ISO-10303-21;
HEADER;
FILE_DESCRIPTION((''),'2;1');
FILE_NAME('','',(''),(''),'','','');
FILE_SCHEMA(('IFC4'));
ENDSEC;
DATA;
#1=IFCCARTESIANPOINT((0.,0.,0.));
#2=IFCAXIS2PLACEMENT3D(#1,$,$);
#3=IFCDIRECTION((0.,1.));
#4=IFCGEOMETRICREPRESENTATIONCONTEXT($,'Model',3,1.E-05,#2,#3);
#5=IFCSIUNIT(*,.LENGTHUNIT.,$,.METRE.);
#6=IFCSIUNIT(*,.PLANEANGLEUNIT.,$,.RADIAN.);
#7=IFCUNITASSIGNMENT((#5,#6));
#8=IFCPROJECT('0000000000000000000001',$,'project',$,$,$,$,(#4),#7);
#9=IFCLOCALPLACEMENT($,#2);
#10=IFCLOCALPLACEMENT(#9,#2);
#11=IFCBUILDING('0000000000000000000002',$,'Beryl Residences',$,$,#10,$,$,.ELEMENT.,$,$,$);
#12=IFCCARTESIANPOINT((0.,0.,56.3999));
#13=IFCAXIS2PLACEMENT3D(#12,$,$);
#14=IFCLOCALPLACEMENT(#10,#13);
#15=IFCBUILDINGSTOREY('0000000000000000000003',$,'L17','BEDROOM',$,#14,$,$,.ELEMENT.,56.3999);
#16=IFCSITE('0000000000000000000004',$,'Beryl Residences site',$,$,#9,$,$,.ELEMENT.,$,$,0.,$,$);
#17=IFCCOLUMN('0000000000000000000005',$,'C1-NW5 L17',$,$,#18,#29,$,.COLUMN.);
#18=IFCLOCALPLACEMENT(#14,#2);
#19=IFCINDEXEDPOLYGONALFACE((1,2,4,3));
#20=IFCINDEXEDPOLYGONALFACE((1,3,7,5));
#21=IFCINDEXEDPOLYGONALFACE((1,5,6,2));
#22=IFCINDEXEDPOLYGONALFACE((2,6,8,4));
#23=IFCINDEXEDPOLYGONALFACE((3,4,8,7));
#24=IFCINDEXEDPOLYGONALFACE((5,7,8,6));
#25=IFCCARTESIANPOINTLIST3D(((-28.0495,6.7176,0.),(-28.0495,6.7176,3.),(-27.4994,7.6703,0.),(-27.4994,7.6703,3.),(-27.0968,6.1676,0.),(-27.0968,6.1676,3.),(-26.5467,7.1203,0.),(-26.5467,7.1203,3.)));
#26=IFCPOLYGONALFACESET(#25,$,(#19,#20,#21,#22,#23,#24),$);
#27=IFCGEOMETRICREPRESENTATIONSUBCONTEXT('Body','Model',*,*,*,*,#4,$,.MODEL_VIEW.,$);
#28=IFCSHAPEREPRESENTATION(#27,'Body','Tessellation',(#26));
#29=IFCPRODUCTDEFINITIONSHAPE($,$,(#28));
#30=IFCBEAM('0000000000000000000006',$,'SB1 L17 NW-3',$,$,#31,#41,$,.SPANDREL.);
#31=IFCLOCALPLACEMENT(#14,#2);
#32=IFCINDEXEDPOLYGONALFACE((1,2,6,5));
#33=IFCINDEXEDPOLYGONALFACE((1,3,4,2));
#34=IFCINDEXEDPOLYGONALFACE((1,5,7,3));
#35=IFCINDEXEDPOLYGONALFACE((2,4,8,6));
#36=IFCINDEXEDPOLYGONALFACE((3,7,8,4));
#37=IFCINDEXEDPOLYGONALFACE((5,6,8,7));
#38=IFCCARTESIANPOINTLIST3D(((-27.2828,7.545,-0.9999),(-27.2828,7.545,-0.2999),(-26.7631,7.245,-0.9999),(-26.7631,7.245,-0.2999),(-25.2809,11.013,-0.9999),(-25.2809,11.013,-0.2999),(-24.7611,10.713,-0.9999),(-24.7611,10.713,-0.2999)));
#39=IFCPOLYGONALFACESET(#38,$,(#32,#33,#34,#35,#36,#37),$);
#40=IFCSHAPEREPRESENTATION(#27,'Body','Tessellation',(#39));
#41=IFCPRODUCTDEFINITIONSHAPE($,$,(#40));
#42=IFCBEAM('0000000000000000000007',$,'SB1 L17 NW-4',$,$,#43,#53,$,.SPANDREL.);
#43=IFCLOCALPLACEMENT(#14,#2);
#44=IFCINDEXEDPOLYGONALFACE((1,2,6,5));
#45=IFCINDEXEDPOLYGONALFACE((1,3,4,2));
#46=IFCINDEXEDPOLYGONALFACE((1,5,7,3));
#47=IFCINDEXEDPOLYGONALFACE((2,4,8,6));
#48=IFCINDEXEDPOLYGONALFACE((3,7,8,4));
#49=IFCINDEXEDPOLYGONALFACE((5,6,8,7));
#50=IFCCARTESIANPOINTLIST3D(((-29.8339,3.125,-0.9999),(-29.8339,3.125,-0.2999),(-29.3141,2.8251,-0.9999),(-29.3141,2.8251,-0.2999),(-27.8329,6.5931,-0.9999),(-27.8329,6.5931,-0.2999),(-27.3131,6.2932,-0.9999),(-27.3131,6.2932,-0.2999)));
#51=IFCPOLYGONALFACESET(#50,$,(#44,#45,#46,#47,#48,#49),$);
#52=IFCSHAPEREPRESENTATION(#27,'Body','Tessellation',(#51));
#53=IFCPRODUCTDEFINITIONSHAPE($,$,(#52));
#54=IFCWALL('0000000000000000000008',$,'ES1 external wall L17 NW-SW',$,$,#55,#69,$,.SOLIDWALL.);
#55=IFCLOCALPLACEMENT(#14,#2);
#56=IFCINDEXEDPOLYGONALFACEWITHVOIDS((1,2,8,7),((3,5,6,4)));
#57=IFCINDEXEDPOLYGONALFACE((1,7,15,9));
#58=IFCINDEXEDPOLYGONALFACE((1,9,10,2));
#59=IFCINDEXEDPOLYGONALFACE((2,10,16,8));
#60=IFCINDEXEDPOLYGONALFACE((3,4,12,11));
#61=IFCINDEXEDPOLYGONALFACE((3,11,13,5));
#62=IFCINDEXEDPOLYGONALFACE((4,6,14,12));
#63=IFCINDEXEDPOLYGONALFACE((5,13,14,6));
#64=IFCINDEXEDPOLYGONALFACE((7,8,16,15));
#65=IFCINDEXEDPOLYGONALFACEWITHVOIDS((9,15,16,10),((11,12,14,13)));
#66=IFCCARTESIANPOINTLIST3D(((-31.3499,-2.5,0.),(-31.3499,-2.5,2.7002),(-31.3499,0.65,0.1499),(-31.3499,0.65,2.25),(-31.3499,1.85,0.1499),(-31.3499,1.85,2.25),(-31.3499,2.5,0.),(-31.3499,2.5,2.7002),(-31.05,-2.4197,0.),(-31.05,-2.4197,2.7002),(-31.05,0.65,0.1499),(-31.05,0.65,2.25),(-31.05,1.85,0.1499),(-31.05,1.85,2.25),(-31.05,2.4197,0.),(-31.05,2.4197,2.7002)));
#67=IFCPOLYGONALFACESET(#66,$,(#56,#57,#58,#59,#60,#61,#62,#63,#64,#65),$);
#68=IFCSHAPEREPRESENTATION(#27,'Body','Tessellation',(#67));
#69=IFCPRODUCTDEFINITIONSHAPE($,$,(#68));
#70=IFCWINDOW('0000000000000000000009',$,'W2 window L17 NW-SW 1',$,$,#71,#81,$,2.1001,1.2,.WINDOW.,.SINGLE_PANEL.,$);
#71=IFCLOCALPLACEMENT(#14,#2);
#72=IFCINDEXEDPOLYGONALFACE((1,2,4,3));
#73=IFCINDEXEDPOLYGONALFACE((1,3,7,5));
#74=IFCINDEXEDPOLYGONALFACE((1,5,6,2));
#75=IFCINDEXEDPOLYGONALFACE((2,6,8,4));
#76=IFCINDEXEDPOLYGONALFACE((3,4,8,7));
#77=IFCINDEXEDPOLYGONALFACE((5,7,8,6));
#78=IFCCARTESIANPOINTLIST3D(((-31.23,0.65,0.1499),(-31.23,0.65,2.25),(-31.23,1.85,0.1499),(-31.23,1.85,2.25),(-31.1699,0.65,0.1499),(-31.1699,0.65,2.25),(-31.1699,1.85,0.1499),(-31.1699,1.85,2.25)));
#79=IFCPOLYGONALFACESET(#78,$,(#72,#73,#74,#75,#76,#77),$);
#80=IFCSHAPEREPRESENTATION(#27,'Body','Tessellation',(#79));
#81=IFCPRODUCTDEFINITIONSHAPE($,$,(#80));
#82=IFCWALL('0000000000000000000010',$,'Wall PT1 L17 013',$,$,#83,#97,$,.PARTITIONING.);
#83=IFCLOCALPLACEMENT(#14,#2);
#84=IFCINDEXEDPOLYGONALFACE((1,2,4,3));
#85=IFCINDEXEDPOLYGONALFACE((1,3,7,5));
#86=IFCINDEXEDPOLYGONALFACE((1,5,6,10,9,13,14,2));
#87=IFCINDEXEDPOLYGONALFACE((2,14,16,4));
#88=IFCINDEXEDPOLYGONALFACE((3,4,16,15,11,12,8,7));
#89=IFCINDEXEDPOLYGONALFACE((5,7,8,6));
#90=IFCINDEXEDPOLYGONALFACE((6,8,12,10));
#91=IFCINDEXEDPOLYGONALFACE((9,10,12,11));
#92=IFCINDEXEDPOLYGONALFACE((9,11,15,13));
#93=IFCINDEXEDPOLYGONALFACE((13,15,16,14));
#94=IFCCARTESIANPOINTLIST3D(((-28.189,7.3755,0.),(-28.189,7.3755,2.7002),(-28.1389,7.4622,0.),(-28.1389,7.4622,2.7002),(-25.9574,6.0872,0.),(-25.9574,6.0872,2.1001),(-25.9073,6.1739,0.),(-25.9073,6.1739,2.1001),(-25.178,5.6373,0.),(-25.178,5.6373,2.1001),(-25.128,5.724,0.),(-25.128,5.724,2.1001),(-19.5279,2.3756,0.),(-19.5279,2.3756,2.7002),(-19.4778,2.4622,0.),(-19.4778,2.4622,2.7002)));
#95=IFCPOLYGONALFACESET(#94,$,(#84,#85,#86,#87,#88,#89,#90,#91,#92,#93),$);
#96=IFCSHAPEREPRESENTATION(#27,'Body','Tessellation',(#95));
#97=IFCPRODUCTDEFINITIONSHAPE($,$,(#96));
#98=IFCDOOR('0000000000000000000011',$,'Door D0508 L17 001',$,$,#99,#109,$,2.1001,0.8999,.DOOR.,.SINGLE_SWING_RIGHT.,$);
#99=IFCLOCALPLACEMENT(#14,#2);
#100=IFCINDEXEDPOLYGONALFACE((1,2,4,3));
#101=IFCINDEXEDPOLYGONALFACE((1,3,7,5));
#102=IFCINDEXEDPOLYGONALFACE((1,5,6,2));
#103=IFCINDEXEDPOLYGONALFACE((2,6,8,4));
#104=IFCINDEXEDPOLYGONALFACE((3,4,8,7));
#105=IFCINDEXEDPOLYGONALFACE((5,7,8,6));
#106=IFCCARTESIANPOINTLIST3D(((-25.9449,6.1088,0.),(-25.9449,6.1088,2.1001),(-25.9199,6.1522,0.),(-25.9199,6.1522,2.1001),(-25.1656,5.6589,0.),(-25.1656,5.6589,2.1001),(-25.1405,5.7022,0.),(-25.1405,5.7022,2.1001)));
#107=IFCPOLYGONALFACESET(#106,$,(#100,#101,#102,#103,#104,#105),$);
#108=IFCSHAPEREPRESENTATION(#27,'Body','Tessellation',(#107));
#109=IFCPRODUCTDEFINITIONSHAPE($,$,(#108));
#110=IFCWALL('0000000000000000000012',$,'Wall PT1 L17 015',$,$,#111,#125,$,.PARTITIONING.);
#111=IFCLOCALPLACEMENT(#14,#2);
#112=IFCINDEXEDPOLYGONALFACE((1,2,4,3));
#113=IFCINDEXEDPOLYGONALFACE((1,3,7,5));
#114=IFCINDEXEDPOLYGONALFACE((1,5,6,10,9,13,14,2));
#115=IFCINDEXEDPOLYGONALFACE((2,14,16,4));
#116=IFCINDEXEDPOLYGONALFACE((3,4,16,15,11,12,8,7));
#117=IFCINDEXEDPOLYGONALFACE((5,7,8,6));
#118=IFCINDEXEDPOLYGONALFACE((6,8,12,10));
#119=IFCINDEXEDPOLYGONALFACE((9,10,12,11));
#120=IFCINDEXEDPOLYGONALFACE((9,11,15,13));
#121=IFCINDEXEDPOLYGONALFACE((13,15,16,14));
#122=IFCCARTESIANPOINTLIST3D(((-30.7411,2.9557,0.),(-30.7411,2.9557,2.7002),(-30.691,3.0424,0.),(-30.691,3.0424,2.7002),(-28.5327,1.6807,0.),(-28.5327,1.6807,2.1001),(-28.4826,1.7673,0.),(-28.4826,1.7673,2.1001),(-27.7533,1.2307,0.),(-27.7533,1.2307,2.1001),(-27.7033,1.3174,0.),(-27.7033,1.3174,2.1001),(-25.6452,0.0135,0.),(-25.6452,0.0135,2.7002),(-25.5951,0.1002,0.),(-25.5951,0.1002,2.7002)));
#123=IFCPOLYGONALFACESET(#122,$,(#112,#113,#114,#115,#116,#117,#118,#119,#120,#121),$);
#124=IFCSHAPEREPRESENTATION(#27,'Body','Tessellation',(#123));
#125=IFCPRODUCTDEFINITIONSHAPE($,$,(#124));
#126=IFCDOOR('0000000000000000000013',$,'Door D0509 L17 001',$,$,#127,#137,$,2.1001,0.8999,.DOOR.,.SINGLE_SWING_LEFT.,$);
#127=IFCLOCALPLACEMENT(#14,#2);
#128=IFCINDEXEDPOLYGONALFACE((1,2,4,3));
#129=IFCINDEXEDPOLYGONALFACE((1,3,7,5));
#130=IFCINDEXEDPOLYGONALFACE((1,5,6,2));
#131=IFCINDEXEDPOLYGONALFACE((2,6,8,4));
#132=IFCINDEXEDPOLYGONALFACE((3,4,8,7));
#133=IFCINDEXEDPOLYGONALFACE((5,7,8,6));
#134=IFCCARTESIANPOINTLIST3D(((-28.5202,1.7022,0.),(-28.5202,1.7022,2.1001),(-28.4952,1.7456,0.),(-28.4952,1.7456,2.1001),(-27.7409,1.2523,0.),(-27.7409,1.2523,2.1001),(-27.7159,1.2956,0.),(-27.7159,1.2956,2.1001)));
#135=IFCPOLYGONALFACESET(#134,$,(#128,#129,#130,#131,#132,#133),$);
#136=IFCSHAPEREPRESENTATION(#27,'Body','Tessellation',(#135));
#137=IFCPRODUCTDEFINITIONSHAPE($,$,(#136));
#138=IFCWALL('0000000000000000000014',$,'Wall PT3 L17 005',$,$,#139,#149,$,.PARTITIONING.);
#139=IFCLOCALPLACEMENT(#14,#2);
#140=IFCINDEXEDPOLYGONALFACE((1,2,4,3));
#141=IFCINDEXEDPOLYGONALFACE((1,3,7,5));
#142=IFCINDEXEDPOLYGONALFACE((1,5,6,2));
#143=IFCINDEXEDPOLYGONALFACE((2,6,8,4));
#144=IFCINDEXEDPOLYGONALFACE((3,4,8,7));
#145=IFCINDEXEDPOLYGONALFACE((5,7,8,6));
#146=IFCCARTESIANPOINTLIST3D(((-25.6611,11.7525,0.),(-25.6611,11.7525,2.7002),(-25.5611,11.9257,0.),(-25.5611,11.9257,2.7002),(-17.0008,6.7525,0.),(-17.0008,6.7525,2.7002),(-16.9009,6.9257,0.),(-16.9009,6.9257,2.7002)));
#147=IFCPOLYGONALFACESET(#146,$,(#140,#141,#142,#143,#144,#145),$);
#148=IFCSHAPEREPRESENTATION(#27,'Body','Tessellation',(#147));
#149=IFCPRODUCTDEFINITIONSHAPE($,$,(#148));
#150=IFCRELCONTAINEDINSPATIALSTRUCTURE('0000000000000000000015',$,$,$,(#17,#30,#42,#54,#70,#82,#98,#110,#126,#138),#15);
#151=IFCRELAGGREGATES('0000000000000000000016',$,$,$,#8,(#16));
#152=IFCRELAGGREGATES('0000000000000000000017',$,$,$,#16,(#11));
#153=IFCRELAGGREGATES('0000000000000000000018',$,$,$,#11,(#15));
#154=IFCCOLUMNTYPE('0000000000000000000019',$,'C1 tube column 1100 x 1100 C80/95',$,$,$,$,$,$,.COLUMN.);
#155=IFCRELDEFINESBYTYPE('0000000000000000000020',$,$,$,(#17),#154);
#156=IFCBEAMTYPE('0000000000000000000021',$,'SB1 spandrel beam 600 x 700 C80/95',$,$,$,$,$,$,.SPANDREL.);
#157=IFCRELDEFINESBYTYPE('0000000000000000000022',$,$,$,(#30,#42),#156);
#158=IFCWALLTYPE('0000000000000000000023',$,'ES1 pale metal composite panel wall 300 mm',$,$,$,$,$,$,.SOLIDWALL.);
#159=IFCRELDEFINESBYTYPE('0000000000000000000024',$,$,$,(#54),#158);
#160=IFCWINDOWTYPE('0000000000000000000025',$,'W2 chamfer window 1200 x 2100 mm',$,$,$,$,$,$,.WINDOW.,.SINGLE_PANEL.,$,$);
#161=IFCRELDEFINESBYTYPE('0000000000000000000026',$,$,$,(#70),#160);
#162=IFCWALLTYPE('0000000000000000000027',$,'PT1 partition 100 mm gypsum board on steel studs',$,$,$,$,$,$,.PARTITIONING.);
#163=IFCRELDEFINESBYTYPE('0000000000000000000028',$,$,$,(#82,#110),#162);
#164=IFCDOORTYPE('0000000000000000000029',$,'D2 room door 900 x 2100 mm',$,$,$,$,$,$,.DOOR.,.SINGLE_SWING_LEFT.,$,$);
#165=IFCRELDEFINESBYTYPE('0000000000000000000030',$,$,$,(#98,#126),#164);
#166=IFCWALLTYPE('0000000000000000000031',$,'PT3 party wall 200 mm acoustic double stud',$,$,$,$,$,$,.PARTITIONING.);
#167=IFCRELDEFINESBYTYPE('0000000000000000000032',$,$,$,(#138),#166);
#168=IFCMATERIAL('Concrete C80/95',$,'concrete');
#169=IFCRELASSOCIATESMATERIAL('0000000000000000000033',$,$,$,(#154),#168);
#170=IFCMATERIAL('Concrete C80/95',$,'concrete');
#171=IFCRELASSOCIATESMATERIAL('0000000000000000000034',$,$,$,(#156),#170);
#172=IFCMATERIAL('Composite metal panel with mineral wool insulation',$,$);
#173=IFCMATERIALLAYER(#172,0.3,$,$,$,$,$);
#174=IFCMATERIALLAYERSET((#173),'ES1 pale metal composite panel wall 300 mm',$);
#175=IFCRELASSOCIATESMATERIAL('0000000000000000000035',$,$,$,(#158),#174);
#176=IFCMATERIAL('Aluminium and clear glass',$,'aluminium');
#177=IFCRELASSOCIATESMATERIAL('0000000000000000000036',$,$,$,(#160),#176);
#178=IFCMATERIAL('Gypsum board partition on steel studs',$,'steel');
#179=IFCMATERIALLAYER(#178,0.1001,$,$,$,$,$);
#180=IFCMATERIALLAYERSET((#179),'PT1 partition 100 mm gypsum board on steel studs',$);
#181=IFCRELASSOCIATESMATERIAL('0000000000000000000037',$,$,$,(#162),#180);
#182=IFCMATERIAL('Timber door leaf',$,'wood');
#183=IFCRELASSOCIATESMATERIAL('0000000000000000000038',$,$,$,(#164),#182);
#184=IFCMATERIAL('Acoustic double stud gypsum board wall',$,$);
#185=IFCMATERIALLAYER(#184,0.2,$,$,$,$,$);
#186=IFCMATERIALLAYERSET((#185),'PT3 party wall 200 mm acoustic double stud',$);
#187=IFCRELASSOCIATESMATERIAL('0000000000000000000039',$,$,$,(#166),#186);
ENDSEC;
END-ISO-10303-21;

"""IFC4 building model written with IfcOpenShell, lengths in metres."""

from ifc_helpers import new_model, si_unit, direction, frame, frame_2d, origin, origin_2d, place, context, subcontext, project, spatial, polyline, rectangle, outline, extrude, material, layer, layer_set, material_profile, profile_set, type_object, element, fill, save


model = new_model("IFC4")

# Units and contexts
model_context = context("Model", 3, precision=1e-05, world=origin(), true_north=direction((0.0, 1.0)))
body_context = subcontext(model_context, "Body", "Model", "MODEL_VIEW")
ifc_project = project(units=[si_unit("LENGTHUNIT", "METRE"), si_unit("PLANEANGLEUNIT", "RADIAN")], contexts=[model_context])

# Site, building, storey
site_placement = place(None, origin())
site = spatial("IfcSite", under=ifc_project, at=site_placement, Name="Beryl Residences site", CompositionType="ELEMENT", RefElevation=0.0)
building_placement = place(site_placement, origin())
building = spatial("IfcBuilding", under=site, at=building_placement, Name="Beryl Residences", CompositionType="ELEMENT")
storey_placement = place(building_placement, frame((0.0, 0.0, 56.3999)))
storey = spatial("IfcBuildingStorey", under=building, at=storey_placement, Name="L17", Description="BEDROOM", CompositionType="ELEMENT", Elevation=56.3999)

# Column
ifc_material_1 = material(Name="Concrete C80/95", Category="concrete")
ifc_material_profile_1 = material_profile(ifc_material_1, rectangle(XDim=1.1001, YDim=1.1001, at=origin_2d()))
ifc_profile_set_1 = profile_set([ifc_material_profile_1], Name="Concrete C80/95")
column_type = type_object("IfcColumnType", Name="C1 tube column 1100 x 1100 C80/95", PredefinedType="COLUMN", material=ifc_profile_set_1)
column_placement = place(storey_placement, frame((-27.2981, 6.9189, 0.0), z_axis=(0.0, 0.0, 1.0), x_axis=(-0.499985, -0.866034, 0.0)))
element("IfcColumn", 1, at=column_placement, inside=storey, type_object=column_type, Name="C1-NW5 L17", PredefinedType="COLUMN", context=body_context, shape_type="SweptSolid", body=[
    extrude(rectangle(XDim=1.1001, YDim=1.1001, at=origin_2d()), origin(), (0.0, 0.0, 1.0), 3.0),
])

# Beams
ifc_material_2 = material(Name="Concrete C80/95", Category="concrete")
ifc_material_profile_2 = material_profile(ifc_material_2, rectangle(XDim=0.6001, YDim=0.7, at=origin_2d()))
ifc_profile_set_2 = profile_set([ifc_material_profile_2], Name="Concrete C80/95")
beam_type = type_object("IfcBeamType", Name="SB1 spandrel beam 600 x 700 C80/95", PredefinedType="SPANDREL", material=ifc_profile_set_2)
beam_1_placement = place(storey_placement, frame((-25.021, 10.863, -0.6499), z_axis=(-0.499942, -0.866059, 0.0), x_axis=(0.866059, -0.499942, 0.0)))
element("IfcBeam", 2, at=beam_1_placement, inside=storey, type_object=beam_type, Name="SB1 L17 NW-3", PredefinedType="SPANDREL", context=body_context, shape_type="SweptSolid", body=[
    extrude(rectangle(XDim=0.6001, YDim=0.7, at=origin_2d()), origin(), (0.0, 0.0, 1.0), 4.0044),
])
beam_2_placement = place(storey_placement, frame((-27.573, 6.4431, -0.6499), z_axis=(-0.499759, -0.866164, 0.0), x_axis=(0.866164, -0.499759, 0.0)))
element("IfcBeam", 3, at=beam_2_placement, inside=storey, type_object=beam_type, Name="SB1 L17 NW-4", PredefinedType="SPANDREL", context=body_context, shape_type="SweptSolid", body=[
    extrude(rectangle(XDim=0.6001, YDim=0.7, at=origin_2d()), origin(), (0.0, 0.0, 1.0), 4.0039),
])

# Wall, opening, window
ifc_material_3 = material(Name="Composite metal panel with mineral wool insulation")
ifc_layer_1 = layer(ifc_material_3, 0.3)
ifc_layer_set_1 = layer_set([ifc_layer_1], Name="ES1 pale metal composite panel wall 300 mm")
wall_type_1 = type_object("IfcWallType", Name="ES1 pale metal composite panel wall 300 mm", PredefinedType="SOLIDWALL", material=ifc_layer_set_1)
wall_1_placement = place(storey_placement, frame((-31.2, 2.5, 0.0), z_axis=(0.0, 0.0, 1.0), x_axis=(0.0, -1.0, 0.0)))
wall_1 = element("IfcWall", 4, at=wall_1_placement, inside=storey, type_object=wall_type_1, Name="ES1 external wall L17 NW-SW", PredefinedType="SOLIDWALL", context=body_context, shape_type="SweptSolid", body=[
    extrude(outline(polyline([(0.0, -0.1499), (5.0, -0.1499), (4.9197, 0.1499), (0.0803, 0.1499), (0.0, -0.1499)])), origin(), (0.0, 0.0, 1.0), 2.7002),
])
opening_1_placement = place(wall_1_placement, frame((0.6499, 0.0, 0.1499)))
opening_1 = element("IfcOpeningElement", 5, at=opening_1_placement, cuts=wall_1, PredefinedType="OPENING", context=body_context, shape_type="SweptSolid", body=[
    extrude(rectangle(XDim=1.2, YDim=2.1001, at=frame_2d((0.6001, 1.05))), frame((0.0, 0.1599, 0.0), z_axis=(0.0, -1.0, 0.0), x_axis=(1.0, 0.0, 0.0)), (0.0, 0.0, 1.0), 0.3201),
])
ifc_material_4 = material(Name="Aluminium and clear glass", Category="aluminium")
window_type = type_object("IfcWindowType", Name="W2 chamfer window 1200 x 2100 mm", PartitioningType="SINGLE_PANEL", PredefinedType="WINDOW", material=ifc_material_4)
window_placement = place(opening_1_placement, origin())
window = element("IfcWindow", 6, at=window_placement, inside=storey, type_object=window_type, Name="W2 window L17 NW-SW 1", OverallHeight=2.1001, OverallWidth=1.2, PartitioningType="SINGLE_PANEL", PredefinedType="WINDOW", context=body_context, shape_type="SweptSolid", body=[
    extrude(rectangle(XDim=1.2, YDim=2.1001, at=frame_2d((0.6001, 1.05))), frame((0.0, 0.03, 0.0), z_axis=(0.0, -1.0, 0.0), x_axis=(1.0, 0.0, 0.0)), (0.0, 0.0, 1.0), 0.0601),
])
fill(opening_1, window)

# Walls, openings, doors
ifc_material_5 = material(Name="Gypsum board partition on steel studs", Category="steel")
ifc_layer_2 = layer(ifc_material_5, 0.1001)
ifc_layer_set_2 = layer_set([ifc_layer_2], Name="PT1 partition 100 mm gypsum board on steel studs")
wall_type_2 = type_object("IfcWallType", Name="PT1 partition 100 mm gypsum board on steel studs", PredefinedType="PARTITIONING", material=ifc_layer_set_2)
wall_2_placement = place(storey_placement, frame((-28.1641, 7.4189, 0.0), z_axis=(0.0, 0.0, 1.0), x_axis=(0.866047, -0.499962, 0.0)))
wall_2 = element("IfcWall", 7, at=wall_2_placement, inside=storey, type_object=wall_type_2, Name="Wall PT1 L17 013", PredefinedType="PARTITIONING", context=body_context, shape_type="SweptSolid", body=[
    extrude(rectangle(XDim=10.0007, YDim=0.1001, at=frame_2d((5.0005, 0.0))), origin(), (0.0, 0.0, 1.0), 2.7002),
])
opening_2_placement = place(wall_2_placement, frame((2.5769, 0.0, 0.0)))
opening_2 = element("IfcOpeningElement", 8, at=opening_2_placement, cuts=wall_2, PredefinedType="OPENING", context=body_context, shape_type="SweptSolid", body=[
    extrude(rectangle(XDim=0.8999, YDim=2.1001, at=frame_2d((0.45, 1.05))), frame((0.0, 0.0601, 0.0), z_axis=(0.0, -1.0, 0.0), x_axis=(1.0, 0.0, 0.0)), (0.0, 0.0, 1.0), 0.1201),
])
ifc_material_6 = material(Name="Timber door leaf", Category="wood")
door_type = type_object("IfcDoorType", Name="D2 room door 900 x 2100 mm", OperationType="SINGLE_SWING_LEFT", PredefinedType="DOOR", material=ifc_material_6)
door_1_placement = place(opening_2_placement, origin())
door_1 = element("IfcDoor", 9, at=door_1_placement, inside=storey, type_object=door_type, Name="Door D0508 L17 001", OperationType="SINGLE_SWING_RIGHT", OverallHeight=2.1001, OverallWidth=0.8999, PredefinedType="DOOR", context=body_context, shape_type="SweptSolid", body=[
    extrude(rectangle(XDim=0.8999, YDim=2.1001, at=frame_2d((0.45, 1.05))), frame((0.0, 0.0249, 0.0), z_axis=(0.0, -1.0, 0.0), x_axis=(1.0, 0.0, 0.0)), (0.0, 0.0, 1.0), 0.05),
])
fill(opening_2, door_1)
wall_3_placement = place(storey_placement, frame((-30.7161, 2.999, 0.0), z_axis=(0.0, 0.0, 1.0), x_axis=(0.866026, -0.499999, 0.0)))
wall_3 = element("IfcWall", 10, at=wall_3_placement, inside=storey, type_object=wall_type_2, Name="Wall PT1 L17 015", PredefinedType="PARTITIONING", context=body_context, shape_type="SweptSolid", body=[
    extrude(rectangle(XDim=5.8843, YDim=0.1001, at=frame_2d((2.9421, 0.0))), origin(), (0.0, 0.0, 1.0), 2.7002),
])
opening_3_placement = place(wall_3_placement, frame((2.55, 0.0, 0.0)))
opening_3 = element("IfcOpeningElement", 11, at=opening_3_placement, cuts=wall_3, PredefinedType="OPENING", context=body_context, shape_type="SweptSolid", body=[
    extrude(rectangle(XDim=0.8999, YDim=2.1001, at=frame_2d((0.45, 1.05))), frame((0.0, 0.0601, 0.0), z_axis=(0.0, -1.0, 0.0), x_axis=(1.0, 0.0, 0.0)), (0.0, 0.0, 1.0), 0.1201),
])
door_2_placement = place(opening_3_placement, origin())
door_2 = element("IfcDoor", 12, at=door_2_placement, inside=storey, type_object=door_type, Name="Door D0509 L17 001", OperationType="SINGLE_SWING_LEFT", OverallHeight=2.1001, OverallWidth=0.8999, PredefinedType="DOOR", context=body_context, shape_type="SweptSolid", body=[
    extrude(rectangle(XDim=0.8999, YDim=2.1001, at=frame_2d((0.45, 1.05))), frame((0.0, 0.0249, 0.0), z_axis=(0.0, -1.0, 0.0), x_axis=(1.0, 0.0, 0.0)), (0.0, 0.0, 1.0), 0.05),
])
fill(opening_3, door_2)

# Wall
ifc_material_7 = material(Name="Acoustic double stud gypsum board wall")
ifc_layer_3 = layer(ifc_material_7, 0.2)
ifc_layer_set_3 = layer_set([ifc_layer_3], Name="PT3 party wall 200 mm acoustic double stud")
wall_type_3 = type_object("IfcWallType", Name="PT3 party wall 200 mm acoustic double stud", PredefinedType="PARTITIONING", material=ifc_layer_set_3)
wall_4_placement = place(storey_placement, frame((-25.6111, 11.8391, 0.0), z_axis=(0.0, 0.0, 1.0), x_axis=(0.866023, -0.500004, 0.0)))
element("IfcWall", 13, at=wall_4_placement, inside=storey, type_object=wall_type_3, Name="Wall PT3 L17 005", PredefinedType="PARTITIONING", context=body_context, shape_type="SweptSolid", body=[
    extrude(rectangle(XDim=10.0, YDim=0.2, at=frame_2d((5.0, 0.0))), origin(), (0.0, 0.0, 1.0), 2.7002),
])

save(model, "model.ifc")
